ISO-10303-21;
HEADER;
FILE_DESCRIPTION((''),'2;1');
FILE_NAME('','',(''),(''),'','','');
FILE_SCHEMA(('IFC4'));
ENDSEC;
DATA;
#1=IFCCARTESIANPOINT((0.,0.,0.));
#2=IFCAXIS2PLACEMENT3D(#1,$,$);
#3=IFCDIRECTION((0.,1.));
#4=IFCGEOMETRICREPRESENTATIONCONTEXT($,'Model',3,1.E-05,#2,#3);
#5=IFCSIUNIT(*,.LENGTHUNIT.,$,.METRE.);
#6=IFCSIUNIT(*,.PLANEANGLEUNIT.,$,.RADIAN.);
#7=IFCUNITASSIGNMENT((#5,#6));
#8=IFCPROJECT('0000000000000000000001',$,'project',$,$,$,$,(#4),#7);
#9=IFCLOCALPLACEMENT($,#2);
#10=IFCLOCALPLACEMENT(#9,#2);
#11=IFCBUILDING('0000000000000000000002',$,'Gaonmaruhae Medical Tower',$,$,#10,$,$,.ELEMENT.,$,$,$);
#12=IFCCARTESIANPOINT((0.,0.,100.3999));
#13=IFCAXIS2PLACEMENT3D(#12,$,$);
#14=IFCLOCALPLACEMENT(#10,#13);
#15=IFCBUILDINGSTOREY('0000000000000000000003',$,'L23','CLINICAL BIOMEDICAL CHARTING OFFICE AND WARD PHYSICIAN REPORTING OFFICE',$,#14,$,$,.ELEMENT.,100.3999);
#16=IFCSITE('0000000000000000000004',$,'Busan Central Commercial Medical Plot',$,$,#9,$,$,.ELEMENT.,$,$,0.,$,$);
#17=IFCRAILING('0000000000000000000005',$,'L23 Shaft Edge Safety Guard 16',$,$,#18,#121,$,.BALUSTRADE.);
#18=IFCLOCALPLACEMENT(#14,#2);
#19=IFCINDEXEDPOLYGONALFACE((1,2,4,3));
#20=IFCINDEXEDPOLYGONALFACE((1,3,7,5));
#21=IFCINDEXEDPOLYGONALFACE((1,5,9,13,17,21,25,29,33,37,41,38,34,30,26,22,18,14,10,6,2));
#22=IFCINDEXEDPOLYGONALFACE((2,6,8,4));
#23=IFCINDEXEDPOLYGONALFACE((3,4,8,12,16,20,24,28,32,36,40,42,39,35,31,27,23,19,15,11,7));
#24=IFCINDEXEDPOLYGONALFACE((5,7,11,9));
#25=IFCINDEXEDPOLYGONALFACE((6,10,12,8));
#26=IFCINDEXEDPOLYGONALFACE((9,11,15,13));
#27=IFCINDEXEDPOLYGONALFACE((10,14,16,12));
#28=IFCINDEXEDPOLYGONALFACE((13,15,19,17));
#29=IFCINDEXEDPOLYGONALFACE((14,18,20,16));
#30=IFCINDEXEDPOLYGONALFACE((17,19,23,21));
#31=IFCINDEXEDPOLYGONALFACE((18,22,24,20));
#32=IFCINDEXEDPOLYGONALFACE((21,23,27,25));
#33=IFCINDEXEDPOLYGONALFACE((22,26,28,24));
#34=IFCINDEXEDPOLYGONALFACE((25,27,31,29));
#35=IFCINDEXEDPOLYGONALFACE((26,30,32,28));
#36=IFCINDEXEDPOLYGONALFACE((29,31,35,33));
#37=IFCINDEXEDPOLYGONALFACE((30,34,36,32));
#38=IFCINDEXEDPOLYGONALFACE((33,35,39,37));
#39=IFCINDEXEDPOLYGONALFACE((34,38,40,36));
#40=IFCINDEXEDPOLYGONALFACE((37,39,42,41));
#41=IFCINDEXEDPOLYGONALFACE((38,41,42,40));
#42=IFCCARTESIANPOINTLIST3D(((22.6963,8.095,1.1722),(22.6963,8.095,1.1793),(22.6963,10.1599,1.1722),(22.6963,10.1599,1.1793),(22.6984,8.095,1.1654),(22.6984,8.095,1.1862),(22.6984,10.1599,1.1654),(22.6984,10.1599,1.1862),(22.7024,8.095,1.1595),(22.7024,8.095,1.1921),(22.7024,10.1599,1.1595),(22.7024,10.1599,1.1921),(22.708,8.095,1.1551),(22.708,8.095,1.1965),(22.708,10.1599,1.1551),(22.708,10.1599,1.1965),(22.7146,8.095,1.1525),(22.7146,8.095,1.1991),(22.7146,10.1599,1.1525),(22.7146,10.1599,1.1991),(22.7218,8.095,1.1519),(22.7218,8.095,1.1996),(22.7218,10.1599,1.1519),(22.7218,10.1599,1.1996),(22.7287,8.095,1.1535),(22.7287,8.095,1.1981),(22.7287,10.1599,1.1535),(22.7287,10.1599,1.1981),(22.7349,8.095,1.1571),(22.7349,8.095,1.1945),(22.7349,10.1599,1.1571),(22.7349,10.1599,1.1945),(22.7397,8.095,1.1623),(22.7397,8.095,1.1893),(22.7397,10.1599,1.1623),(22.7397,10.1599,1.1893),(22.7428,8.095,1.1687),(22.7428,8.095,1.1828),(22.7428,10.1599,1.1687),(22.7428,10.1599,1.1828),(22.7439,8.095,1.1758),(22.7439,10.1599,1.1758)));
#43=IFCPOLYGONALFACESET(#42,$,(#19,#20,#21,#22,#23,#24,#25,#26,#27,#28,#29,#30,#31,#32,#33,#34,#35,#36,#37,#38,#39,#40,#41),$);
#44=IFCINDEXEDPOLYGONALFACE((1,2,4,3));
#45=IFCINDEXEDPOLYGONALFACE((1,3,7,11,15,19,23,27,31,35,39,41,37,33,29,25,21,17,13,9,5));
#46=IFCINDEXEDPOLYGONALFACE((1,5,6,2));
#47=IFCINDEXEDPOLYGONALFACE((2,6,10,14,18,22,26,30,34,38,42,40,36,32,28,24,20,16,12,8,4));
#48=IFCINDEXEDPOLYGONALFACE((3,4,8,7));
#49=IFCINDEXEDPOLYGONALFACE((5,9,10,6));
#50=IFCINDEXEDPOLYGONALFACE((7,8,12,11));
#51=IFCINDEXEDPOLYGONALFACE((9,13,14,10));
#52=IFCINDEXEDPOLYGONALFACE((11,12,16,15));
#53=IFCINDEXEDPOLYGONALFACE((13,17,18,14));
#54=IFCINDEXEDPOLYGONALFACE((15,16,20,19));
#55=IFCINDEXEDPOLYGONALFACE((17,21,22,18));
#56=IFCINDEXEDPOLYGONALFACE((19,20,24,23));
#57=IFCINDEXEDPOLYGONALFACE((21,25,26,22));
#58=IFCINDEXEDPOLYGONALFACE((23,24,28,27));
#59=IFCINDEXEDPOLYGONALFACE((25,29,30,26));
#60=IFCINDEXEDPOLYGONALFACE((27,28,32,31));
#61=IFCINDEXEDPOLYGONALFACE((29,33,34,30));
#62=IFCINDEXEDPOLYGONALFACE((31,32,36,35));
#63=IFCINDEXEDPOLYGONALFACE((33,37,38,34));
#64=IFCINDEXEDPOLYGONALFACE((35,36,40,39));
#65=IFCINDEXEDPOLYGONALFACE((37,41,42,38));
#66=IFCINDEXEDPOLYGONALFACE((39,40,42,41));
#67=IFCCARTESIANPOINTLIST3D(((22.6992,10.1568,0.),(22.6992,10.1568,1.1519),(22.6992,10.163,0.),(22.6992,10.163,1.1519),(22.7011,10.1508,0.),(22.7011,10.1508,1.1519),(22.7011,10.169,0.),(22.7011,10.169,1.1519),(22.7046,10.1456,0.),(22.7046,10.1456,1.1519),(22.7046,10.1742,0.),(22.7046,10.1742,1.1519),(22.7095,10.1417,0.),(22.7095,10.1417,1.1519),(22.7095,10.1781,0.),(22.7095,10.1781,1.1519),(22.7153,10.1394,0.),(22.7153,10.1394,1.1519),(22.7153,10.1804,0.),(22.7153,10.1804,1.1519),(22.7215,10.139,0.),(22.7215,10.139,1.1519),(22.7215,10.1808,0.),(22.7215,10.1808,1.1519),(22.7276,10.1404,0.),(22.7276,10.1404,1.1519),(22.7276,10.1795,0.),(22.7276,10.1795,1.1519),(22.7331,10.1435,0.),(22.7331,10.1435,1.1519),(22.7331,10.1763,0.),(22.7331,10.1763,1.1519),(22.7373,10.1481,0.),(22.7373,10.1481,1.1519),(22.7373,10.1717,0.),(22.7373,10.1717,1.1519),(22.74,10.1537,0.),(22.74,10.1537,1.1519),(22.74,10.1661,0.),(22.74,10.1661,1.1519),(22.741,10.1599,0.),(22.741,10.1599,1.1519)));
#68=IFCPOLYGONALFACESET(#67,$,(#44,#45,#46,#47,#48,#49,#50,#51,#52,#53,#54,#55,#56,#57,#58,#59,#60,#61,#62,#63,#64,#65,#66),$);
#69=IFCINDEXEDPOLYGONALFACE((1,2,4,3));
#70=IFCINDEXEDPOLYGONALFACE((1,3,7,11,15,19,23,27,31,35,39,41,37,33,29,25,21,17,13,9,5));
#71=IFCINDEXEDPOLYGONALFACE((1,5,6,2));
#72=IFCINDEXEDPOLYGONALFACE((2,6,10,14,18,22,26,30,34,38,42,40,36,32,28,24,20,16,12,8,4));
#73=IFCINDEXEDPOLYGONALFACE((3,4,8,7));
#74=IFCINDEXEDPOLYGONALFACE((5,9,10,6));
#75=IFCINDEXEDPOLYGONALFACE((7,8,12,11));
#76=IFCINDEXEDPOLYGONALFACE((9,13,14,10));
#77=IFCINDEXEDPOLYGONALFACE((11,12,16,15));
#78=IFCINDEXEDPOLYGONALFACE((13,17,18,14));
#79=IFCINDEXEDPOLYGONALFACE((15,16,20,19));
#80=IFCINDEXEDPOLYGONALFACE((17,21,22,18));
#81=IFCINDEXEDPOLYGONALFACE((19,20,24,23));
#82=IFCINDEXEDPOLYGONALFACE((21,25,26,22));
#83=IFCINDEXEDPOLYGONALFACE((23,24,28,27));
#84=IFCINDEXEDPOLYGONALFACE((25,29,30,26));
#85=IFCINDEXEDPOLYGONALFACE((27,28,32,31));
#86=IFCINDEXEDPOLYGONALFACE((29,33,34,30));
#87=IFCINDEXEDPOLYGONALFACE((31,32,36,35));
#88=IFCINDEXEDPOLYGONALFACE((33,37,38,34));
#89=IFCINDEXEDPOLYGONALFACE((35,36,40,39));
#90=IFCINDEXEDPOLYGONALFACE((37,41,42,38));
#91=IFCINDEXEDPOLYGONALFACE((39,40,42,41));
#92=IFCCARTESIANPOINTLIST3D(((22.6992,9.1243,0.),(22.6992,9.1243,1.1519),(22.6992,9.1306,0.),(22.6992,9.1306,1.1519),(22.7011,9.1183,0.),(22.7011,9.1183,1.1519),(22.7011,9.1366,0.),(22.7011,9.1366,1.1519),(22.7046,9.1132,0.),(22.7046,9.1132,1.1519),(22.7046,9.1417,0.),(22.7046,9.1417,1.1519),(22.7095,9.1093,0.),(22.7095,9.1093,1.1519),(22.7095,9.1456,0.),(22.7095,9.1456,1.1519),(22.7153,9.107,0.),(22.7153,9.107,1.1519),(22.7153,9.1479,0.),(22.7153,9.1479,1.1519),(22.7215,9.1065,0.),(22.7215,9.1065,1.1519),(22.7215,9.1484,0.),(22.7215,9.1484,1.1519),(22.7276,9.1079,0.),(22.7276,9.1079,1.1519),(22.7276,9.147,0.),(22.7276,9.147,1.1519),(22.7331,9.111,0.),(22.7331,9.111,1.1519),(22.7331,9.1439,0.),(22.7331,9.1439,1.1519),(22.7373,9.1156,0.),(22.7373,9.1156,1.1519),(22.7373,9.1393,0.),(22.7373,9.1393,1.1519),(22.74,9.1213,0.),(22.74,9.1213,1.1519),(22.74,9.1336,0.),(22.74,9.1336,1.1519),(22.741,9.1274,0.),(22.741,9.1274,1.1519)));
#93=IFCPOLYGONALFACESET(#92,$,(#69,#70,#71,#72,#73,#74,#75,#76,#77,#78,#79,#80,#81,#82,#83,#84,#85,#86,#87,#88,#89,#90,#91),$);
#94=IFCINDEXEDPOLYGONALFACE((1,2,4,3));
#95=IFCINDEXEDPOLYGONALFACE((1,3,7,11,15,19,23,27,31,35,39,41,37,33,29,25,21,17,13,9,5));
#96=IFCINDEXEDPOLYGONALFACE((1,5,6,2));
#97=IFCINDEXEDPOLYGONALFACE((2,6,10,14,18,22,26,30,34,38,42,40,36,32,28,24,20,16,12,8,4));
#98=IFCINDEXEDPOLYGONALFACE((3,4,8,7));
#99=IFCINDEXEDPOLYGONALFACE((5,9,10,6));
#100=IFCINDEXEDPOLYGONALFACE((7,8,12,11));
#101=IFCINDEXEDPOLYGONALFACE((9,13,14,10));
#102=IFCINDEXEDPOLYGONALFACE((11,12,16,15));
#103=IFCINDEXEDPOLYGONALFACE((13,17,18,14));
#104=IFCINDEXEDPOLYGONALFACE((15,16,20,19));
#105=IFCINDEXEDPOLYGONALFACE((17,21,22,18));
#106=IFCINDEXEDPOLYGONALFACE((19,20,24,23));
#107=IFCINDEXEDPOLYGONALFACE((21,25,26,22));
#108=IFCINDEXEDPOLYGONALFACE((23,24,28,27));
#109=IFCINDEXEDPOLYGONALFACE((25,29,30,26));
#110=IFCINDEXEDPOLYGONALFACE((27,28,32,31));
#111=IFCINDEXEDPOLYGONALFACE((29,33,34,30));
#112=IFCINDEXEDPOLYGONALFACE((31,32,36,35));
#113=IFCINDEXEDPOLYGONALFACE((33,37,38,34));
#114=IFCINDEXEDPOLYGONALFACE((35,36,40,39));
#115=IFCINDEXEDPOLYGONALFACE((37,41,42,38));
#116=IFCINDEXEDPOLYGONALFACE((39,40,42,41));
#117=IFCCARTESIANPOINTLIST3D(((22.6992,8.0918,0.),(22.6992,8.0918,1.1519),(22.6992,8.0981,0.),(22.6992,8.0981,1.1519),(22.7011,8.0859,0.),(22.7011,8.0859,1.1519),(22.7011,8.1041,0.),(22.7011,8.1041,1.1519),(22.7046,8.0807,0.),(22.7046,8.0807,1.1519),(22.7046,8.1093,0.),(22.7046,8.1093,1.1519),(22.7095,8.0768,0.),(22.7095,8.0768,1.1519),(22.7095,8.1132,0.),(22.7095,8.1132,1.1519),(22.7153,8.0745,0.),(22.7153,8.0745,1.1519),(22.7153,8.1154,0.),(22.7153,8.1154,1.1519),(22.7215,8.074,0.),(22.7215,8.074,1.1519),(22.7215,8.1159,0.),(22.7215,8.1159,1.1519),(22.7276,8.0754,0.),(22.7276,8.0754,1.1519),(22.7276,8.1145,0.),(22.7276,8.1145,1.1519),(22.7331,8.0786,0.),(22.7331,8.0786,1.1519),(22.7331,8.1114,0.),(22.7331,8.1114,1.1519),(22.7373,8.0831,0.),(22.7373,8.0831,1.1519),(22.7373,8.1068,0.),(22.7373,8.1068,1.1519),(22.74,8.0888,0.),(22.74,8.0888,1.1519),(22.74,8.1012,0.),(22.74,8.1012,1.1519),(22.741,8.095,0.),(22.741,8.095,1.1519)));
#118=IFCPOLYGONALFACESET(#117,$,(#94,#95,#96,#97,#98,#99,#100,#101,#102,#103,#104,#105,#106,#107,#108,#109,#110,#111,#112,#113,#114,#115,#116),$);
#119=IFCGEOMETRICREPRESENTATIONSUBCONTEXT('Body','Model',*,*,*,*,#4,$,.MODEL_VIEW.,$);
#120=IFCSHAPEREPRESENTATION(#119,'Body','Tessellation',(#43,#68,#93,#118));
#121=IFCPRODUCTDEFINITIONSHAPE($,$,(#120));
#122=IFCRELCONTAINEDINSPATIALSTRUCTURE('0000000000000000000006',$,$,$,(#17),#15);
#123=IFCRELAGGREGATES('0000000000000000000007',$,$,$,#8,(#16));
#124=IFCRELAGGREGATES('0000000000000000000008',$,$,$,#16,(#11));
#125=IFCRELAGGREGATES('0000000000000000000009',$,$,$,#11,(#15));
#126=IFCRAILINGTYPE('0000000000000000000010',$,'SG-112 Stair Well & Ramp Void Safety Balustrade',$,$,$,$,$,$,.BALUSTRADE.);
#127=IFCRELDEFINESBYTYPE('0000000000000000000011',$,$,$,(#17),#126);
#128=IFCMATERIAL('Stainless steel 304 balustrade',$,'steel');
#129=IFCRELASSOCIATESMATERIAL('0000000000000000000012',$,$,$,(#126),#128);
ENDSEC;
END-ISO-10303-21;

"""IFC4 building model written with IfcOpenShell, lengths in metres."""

from ifc_helpers import new_model, si_unit, direction, frame, origin, origin_2d, place, context, subcontext, project, spatial, circle, extrude, material, type_object, element, save


model = new_model("IFC4")

# Units and contexts
model_context = context("Model", 3, precision=1e-05, world=origin(), true_north=direction((0.0, 1.0)))
body_context = subcontext(model_context, "Body", "Model", "MODEL_VIEW")
ifc_project = project(units=[si_unit("LENGTHUNIT", "METRE"), si_unit("PLANEANGLEUNIT", "RADIAN")], contexts=[model_context])

# Site, building, storey
site_placement = place(None, origin())
site = spatial("IfcSite", under=ifc_project, at=site_placement, Name="Busan Central Commercial Medical Plot", CompositionType="ELEMENT", RefElevation=0.0)
building_placement = place(site_placement, origin())
building = spatial("IfcBuilding", under=site, at=building_placement, Name="Gaonmaruhae Medical Tower", CompositionType="ELEMENT")
storey_placement = place(building_placement, frame((0.0, 0.0, 100.3999)))
storey = spatial("IfcBuildingStorey", under=building, at=storey_placement, Name="L23", Description="CLINICAL BIOMEDICAL CHARTING OFFICE AND WARD PHYSICIAN REPORTING OFFICE", CompositionType="ELEMENT", Elevation=100.3999)

# Railing
ifc_material_1 = material(Name="Stainless steel 304 balustrade", Category="steel")
railing_type_1 = type_object("IfcRailingType", Name="SG-112 Stair Well & Ramp Void Safety Balustrade", PredefinedType="BALUSTRADE", material=ifc_material_1)
railing_1_placement = place(storey_placement, frame((22.72, 10.1599, 0.0)))
element("IfcRailing", 1, at=railing_1_placement, inside=storey, type_object=railing_type_1, Name="L23 Shaft Edge Safety Guard 16", PredefinedType="BALUSTRADE", context=body_context, shape_type="SweptSolid", body=[
    extrude(circle(Radius=0.0239, at=origin_2d()), frame((0.0, 0.0, 1.1758), z_axis=(0.0, -1.0, 0.0), x_axis=(1.0, 0.0, 0.0)), (0.0, 0.0, 1.0), 2.0649),
    extrude(circle(Radius=0.021, at=origin_2d()), origin(), (0.0, 0.0, 1.0), 1.1519),
    extrude(circle(Radius=0.021, at=origin_2d()), frame((0.0, -1.0325, 0.0)), (0.0, 0.0, 1.0), 1.1519),
    extrude(circle(Radius=0.021, at=origin_2d()), frame((0.0, -2.0649, 0.0)), (0.0, 0.0, 1.0), 1.1519),
])

save(model, "model.ifc")
